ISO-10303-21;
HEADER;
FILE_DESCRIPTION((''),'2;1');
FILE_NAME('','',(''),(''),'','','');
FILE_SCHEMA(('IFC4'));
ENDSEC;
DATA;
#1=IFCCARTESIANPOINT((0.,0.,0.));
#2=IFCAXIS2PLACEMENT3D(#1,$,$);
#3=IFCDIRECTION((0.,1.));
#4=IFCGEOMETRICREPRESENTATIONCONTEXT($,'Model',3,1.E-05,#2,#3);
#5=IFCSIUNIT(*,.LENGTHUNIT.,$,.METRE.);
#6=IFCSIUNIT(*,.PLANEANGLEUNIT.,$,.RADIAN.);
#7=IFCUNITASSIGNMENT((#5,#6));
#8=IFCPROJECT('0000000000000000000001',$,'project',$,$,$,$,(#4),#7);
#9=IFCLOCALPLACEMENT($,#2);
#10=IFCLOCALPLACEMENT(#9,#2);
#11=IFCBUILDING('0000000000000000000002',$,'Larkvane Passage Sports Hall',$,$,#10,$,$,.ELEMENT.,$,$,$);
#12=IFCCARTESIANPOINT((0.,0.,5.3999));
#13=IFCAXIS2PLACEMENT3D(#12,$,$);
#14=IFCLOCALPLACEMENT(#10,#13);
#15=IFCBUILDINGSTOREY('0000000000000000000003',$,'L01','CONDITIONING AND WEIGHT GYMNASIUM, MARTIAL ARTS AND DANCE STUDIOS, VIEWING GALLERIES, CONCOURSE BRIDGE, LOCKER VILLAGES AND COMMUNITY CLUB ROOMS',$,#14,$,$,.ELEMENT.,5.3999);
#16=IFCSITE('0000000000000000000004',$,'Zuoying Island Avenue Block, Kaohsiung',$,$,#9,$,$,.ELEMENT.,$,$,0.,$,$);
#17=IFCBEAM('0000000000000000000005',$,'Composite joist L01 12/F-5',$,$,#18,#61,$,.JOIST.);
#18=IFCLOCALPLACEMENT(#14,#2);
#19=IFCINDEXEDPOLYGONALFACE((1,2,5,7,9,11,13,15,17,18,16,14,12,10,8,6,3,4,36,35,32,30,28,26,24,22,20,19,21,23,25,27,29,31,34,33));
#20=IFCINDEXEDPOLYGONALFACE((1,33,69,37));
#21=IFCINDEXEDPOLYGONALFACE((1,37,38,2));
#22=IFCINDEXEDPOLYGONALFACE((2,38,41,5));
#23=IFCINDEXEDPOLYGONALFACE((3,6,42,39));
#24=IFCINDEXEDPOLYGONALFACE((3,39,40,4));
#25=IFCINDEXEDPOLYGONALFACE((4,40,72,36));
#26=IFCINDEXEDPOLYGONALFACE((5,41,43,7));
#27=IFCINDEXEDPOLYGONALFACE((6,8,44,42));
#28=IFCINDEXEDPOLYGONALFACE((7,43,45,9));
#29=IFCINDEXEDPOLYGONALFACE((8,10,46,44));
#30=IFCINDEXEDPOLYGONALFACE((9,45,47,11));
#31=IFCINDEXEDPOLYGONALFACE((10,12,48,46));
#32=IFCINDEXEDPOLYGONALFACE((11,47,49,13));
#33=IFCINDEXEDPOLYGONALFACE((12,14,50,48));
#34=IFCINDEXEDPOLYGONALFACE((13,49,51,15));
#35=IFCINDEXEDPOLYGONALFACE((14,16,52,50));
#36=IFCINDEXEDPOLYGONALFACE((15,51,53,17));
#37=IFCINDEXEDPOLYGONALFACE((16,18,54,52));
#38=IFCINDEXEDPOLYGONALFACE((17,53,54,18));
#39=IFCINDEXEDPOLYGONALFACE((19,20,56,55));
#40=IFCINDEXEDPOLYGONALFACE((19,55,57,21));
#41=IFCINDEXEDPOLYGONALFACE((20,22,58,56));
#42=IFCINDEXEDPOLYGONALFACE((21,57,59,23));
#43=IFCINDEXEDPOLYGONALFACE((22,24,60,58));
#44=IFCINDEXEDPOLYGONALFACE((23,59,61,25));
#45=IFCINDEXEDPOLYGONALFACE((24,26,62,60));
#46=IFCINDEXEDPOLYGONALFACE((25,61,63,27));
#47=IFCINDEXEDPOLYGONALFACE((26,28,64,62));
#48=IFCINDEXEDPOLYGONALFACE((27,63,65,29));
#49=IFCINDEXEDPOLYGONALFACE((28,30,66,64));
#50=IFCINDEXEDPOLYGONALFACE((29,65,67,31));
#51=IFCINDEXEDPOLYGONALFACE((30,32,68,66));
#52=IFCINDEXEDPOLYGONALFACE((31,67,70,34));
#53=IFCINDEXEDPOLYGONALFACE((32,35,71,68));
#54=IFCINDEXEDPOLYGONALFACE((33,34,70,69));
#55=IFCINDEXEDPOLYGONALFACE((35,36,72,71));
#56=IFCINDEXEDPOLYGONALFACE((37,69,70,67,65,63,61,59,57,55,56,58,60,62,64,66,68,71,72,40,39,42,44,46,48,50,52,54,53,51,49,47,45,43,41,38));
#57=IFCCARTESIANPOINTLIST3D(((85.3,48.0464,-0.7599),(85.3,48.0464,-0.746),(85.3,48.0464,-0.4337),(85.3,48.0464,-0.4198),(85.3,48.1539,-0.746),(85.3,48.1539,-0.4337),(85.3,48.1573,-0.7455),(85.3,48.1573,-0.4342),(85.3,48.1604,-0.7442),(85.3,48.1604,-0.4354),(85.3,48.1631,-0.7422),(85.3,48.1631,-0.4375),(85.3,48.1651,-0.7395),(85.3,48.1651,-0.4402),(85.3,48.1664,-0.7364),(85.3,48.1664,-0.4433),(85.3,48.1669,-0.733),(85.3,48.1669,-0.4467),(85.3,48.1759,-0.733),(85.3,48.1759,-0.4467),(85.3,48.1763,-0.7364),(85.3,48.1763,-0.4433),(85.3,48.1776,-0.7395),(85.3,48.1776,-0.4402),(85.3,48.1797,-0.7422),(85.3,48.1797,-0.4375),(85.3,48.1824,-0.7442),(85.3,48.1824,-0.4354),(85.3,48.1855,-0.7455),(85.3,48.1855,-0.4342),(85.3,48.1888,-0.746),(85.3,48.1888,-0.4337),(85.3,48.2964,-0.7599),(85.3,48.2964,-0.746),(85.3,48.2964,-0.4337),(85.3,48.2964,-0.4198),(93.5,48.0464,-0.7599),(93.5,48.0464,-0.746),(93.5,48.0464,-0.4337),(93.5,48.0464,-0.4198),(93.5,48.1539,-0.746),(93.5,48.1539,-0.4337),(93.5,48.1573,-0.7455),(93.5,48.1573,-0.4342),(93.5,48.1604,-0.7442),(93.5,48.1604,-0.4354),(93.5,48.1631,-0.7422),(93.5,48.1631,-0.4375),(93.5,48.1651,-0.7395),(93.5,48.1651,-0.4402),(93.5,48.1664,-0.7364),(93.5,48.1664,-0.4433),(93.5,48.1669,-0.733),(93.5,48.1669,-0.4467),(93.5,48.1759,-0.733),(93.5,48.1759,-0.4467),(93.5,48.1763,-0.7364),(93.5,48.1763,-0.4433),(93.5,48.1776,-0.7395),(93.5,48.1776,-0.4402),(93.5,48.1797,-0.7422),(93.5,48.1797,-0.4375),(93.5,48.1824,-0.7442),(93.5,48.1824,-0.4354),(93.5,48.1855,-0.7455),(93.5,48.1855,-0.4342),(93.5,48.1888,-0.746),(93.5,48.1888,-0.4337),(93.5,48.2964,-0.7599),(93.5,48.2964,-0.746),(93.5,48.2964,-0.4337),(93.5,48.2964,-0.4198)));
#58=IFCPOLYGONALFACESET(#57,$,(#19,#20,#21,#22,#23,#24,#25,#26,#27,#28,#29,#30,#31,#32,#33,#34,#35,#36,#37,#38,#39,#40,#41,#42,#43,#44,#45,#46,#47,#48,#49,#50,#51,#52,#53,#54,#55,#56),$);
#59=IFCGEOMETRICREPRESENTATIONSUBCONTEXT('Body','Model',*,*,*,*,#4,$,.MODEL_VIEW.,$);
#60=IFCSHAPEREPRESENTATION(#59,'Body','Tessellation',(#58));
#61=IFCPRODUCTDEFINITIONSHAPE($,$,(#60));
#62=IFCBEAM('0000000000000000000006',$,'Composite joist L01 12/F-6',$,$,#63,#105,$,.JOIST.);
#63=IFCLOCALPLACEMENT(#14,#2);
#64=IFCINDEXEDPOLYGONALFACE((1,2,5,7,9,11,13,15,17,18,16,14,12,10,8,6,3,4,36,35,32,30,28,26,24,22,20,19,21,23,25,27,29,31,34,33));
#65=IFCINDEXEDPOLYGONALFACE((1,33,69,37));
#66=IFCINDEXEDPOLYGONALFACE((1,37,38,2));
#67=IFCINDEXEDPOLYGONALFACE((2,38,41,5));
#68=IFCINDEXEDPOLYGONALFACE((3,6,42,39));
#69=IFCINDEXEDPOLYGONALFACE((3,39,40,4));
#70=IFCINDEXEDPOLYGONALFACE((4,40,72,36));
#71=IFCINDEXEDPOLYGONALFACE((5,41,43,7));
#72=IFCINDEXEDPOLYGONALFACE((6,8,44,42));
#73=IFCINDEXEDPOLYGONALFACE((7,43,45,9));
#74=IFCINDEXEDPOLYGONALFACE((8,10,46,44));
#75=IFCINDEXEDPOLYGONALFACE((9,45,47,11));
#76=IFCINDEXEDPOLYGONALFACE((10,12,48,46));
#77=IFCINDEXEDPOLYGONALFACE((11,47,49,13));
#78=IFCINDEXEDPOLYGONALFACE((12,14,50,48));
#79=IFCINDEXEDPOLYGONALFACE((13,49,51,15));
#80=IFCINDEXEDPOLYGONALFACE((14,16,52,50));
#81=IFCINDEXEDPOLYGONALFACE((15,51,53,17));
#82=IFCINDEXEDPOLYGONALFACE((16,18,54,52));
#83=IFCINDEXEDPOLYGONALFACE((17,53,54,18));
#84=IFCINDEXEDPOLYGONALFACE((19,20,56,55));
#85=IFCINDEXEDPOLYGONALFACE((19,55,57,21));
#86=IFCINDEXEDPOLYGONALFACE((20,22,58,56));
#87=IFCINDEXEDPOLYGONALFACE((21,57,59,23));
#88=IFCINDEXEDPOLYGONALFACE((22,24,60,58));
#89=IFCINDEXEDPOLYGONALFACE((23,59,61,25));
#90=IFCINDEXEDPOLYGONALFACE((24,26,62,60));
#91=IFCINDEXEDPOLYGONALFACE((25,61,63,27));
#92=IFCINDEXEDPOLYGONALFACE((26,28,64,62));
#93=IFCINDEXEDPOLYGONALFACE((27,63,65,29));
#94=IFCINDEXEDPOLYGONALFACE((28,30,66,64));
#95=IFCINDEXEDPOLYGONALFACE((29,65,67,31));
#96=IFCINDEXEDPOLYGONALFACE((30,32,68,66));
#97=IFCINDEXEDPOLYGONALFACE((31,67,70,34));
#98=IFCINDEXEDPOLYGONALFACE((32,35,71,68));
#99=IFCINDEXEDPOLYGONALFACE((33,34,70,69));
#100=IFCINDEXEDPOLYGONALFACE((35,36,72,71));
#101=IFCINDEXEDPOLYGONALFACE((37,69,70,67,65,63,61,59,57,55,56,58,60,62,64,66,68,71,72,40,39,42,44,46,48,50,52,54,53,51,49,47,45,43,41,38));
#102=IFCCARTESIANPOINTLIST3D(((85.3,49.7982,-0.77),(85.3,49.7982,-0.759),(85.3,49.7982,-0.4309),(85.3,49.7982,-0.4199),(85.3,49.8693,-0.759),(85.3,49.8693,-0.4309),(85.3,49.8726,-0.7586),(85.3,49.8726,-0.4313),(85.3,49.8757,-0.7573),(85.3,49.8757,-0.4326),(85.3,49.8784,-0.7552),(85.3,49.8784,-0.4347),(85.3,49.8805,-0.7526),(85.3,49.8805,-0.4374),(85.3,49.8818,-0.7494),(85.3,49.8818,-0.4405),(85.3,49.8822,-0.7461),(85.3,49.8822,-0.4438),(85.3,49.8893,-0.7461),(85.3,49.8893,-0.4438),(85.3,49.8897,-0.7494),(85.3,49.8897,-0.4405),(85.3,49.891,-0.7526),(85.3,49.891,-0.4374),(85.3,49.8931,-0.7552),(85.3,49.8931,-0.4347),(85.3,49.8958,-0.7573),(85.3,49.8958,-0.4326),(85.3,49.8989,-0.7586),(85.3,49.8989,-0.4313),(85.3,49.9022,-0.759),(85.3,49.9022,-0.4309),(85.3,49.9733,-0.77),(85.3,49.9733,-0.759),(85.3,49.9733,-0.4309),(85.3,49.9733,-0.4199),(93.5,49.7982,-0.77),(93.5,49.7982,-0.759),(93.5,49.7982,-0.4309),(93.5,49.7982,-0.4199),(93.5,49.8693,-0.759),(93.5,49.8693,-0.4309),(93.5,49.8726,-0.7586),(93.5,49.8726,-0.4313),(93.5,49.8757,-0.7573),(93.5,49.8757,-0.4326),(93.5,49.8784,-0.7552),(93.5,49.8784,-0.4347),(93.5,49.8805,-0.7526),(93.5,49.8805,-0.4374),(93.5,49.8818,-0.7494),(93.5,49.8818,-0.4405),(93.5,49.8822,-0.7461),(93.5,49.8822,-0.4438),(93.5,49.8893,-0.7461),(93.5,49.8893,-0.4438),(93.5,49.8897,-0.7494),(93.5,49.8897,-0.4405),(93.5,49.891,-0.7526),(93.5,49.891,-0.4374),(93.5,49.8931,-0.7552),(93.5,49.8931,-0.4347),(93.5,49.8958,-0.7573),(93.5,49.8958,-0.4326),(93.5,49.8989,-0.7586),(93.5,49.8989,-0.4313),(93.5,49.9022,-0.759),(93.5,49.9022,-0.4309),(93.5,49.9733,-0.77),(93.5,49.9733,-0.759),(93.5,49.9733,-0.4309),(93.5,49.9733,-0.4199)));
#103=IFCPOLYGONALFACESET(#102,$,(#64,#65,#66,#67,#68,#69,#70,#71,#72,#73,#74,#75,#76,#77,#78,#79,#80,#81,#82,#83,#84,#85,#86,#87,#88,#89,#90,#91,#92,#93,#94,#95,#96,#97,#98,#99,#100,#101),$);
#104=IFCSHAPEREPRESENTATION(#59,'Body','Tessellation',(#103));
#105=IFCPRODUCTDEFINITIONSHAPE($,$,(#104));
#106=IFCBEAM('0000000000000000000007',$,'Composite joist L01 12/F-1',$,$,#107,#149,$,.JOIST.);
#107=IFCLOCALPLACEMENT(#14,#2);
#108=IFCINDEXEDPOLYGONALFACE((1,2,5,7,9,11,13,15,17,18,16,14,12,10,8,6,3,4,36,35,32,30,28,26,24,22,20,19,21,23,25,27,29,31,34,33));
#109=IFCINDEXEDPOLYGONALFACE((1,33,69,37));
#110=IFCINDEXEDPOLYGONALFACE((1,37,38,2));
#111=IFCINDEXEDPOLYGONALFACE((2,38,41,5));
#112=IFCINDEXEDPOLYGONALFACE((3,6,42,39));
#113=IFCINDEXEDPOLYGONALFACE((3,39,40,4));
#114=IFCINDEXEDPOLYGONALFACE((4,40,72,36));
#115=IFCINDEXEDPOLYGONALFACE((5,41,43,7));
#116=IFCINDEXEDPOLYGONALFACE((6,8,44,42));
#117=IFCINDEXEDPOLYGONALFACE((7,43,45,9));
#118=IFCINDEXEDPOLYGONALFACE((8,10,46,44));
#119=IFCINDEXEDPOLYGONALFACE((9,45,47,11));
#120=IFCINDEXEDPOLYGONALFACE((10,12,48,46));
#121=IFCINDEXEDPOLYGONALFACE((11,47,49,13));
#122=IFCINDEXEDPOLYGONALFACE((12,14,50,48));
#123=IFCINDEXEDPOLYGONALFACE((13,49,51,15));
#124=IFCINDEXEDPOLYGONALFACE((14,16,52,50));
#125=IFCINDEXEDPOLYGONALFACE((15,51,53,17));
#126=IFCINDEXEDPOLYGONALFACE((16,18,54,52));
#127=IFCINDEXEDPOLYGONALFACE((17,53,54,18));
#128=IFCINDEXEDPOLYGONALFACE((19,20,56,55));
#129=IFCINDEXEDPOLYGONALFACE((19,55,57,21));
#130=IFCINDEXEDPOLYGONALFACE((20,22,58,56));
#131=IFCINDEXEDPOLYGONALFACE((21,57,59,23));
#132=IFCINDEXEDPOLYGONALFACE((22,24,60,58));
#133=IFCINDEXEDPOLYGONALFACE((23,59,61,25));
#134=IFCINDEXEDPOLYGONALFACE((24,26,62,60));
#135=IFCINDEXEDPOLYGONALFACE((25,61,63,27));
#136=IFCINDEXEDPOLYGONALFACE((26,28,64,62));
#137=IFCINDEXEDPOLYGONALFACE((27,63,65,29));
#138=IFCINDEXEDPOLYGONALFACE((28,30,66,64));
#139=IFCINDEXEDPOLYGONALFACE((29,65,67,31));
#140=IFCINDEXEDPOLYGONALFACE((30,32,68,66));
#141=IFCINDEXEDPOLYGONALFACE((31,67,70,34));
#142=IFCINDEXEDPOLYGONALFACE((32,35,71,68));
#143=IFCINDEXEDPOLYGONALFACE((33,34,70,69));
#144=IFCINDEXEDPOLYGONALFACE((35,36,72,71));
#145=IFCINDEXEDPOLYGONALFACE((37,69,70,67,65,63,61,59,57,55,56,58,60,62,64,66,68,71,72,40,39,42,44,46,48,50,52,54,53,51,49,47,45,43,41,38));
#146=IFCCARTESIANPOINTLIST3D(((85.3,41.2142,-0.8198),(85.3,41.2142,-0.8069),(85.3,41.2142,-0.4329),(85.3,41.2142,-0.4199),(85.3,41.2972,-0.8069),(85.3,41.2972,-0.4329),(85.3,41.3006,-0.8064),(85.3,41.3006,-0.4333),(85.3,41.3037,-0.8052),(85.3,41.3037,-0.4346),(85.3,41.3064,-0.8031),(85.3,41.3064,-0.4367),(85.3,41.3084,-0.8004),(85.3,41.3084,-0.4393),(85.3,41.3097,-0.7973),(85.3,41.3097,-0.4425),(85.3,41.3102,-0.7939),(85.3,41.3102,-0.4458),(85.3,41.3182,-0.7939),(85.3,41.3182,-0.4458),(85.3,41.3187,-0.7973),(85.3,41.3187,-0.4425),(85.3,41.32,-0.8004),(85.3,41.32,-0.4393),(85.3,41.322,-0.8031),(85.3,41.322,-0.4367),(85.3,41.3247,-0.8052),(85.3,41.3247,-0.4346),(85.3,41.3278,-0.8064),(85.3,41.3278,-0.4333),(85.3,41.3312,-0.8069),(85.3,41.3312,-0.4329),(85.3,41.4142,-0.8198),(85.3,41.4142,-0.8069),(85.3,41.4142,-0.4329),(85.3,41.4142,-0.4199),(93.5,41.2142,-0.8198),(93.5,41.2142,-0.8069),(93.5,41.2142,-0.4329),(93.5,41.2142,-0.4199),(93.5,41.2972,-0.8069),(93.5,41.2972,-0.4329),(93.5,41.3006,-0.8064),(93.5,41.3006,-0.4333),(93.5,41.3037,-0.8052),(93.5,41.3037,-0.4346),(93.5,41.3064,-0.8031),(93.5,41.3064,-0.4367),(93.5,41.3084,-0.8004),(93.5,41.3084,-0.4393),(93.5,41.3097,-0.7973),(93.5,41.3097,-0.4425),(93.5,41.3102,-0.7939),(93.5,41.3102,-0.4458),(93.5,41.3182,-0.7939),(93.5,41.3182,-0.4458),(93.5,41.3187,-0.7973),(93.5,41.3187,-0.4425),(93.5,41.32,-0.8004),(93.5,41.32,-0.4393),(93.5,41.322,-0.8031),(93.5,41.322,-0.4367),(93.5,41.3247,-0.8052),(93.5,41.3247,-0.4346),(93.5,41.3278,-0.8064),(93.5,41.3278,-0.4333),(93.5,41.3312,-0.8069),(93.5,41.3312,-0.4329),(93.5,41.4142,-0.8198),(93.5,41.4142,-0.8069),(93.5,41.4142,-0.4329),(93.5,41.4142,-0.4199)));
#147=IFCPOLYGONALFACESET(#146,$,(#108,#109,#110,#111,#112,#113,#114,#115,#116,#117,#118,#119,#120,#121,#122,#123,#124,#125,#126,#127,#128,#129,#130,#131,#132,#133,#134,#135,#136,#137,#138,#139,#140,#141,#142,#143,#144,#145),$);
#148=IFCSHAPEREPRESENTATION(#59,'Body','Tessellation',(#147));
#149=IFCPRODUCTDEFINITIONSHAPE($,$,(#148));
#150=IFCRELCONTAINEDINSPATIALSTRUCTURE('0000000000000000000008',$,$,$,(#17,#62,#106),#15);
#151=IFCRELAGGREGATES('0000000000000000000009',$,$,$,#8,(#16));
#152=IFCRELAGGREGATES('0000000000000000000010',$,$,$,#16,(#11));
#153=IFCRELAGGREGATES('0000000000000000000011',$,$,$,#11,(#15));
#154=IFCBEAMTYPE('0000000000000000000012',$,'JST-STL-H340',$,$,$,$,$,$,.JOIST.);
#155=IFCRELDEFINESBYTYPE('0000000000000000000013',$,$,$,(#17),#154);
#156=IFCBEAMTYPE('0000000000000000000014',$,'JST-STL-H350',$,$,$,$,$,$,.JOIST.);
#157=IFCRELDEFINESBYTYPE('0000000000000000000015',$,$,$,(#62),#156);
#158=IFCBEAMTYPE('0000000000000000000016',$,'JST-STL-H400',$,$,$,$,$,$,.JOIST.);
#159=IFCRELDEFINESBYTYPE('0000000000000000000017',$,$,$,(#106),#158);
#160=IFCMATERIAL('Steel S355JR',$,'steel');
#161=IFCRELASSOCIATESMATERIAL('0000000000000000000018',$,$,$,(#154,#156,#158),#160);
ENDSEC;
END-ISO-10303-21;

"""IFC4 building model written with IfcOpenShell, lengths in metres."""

from ifc_helpers import new_model, si_unit, direction, frame, origin, origin_2d, place, context, subcontext, project, spatial, i_section, extrude, material, material_profile, profile_set, type_object, element, save


model = new_model("IFC4")

# Units and contexts
model_context = context("Model", 3, precision=1e-05, world=origin(), true_north=direction((0.0, 1.0)))
body_context = subcontext(model_context, "Body", "Model", "MODEL_VIEW")
ifc_project = project(units=[si_unit("LENGTHUNIT", "METRE"), si_unit("PLANEANGLEUNIT", "RADIAN")], contexts=[model_context])

# Site, building, storey
site_placement = place(None, origin())
site = spatial("IfcSite", under=ifc_project, at=site_placement, Name="Zuoying Island Avenue Block, Kaohsiung", CompositionType="ELEMENT", RefElevation=0.0)
building_placement = place(site_placement, origin())
building = spatial("IfcBuilding", under=site, at=building_placement, Name="Larkvane Passage Sports Hall", CompositionType="ELEMENT")
storey_placement = place(building_placement, frame((0.0, 0.0, 5.3999)))
storey = spatial("IfcBuildingStorey", under=building, at=storey_placement, Name="L01", Description="CONDITIONING AND WEIGHT GYMNASIUM, MARTIAL ARTS AND DANCE STUDIOS, VIEWING GALLERIES, CONCOURSE BRIDGE, LOCKER VILLAGES AND COMMUNITY CLUB ROOMS", CompositionType="ELEMENT", Elevation=5.3999)

# Shared definitions
ifc_material_1 = material(Name="Steel S355JR", Category="steel")

# Beams
ifc_material_profile_1 = material_profile(ifc_material_1, i_section(OverallWidth=0.25, OverallDepth=0.3401, WebThickness=0.009, FlangeThickness=0.0139, FilletRadius=0.0129, at=origin_2d()), Name="H-340x250x9x14")
ifc_profile_set_1 = profile_set([ifc_material_profile_1], Name="Steel S355JR")
beam_type_1 = type_object("IfcBeamType", Name="JST-STL-H340", PredefinedType="JOIST", material=ifc_profile_set_1)
beam_1_placement = place(storey_placement, frame((85.3, 48.1714, -0.5898), z_axis=(1.0, 0.0, 0.0), x_axis=(0.0, 1.0, 0.0)))
element("IfcBeam", 1, at=beam_1_placement, inside=storey, type_object=beam_type_1, Name="Composite joist L01 12/F-5", PredefinedType="JOIST", context=body_context, shape_type="SweptSolid", body=[
    extrude(i_section(OverallWidth=0.25, OverallDepth=0.3401, WebThickness=0.009, FlangeThickness=0.0139, FilletRadius=0.0129, at=origin_2d()), origin(), (0.0, 0.0, 1.0), 8.2),
])
ifc_material_profile_2 = material_profile(ifc_material_1, i_section(OverallWidth=0.175, OverallDepth=0.3501, WebThickness=0.0071, FlangeThickness=0.011, FilletRadius=0.0129, at=origin_2d()), Name="H-350x175x7x11")
ifc_profile_set_2 = profile_set([ifc_material_profile_2], Name="Steel S355JR")
beam_type_2 = type_object("IfcBeamType", Name="JST-STL-H350", PredefinedType="JOIST", material=ifc_profile_set_2)
beam_2_placement = place(storey_placement, frame((85.3, 49.8857, -0.595), z_axis=(1.0, 0.0, 0.0), x_axis=(0.0, 1.0, 0.0)))
element("IfcBeam", 2, at=beam_2_placement, inside=storey, type_object=beam_type_2, Name="Composite joist L01 12/F-6", PredefinedType="JOIST", context=body_context, shape_type="SweptSolid", body=[
    extrude(i_section(OverallWidth=0.175, OverallDepth=0.3501, WebThickness=0.0071, FlangeThickness=0.011, FilletRadius=0.0129, at=origin_2d()), origin(), (0.0, 0.0, 1.0), 8.2),
])
ifc_material_profile_3 = material_profile(ifc_material_1, i_section(OverallWidth=0.2, OverallDepth=0.3999, WebThickness=0.0081, FlangeThickness=0.0129, FilletRadius=0.0129, at=origin_2d()), Name="H-400x200x8x13")
ifc_profile_set_3 = profile_set([ifc_material_profile_3], Name="Steel S355JR")
beam_type_3 = type_object("IfcBeamType", Name="JST-STL-H400", PredefinedType="JOIST", material=ifc_profile_set_3)
beam_3_placement = place(storey_placement, frame((85.3, 41.3142, -0.6199), z_axis=(1.0, 0.0, 0.0), x_axis=(0.0, 1.0, 0.0)))
element("IfcBeam", 3, at=beam_3_placement, inside=storey, type_object=beam_type_3, Name="Composite joist L01 12/F-1", PredefinedType="JOIST", context=body_context, shape_type="SweptSolid", body=[
    extrude(i_section(OverallWidth=0.2, OverallDepth=0.3999, WebThickness=0.0081, FlangeThickness=0.0129, FilletRadius=0.0129, at=origin_2d()), origin(), (0.0, 0.0, 1.0), 8.2),
])

save(model, "model.ifc")
